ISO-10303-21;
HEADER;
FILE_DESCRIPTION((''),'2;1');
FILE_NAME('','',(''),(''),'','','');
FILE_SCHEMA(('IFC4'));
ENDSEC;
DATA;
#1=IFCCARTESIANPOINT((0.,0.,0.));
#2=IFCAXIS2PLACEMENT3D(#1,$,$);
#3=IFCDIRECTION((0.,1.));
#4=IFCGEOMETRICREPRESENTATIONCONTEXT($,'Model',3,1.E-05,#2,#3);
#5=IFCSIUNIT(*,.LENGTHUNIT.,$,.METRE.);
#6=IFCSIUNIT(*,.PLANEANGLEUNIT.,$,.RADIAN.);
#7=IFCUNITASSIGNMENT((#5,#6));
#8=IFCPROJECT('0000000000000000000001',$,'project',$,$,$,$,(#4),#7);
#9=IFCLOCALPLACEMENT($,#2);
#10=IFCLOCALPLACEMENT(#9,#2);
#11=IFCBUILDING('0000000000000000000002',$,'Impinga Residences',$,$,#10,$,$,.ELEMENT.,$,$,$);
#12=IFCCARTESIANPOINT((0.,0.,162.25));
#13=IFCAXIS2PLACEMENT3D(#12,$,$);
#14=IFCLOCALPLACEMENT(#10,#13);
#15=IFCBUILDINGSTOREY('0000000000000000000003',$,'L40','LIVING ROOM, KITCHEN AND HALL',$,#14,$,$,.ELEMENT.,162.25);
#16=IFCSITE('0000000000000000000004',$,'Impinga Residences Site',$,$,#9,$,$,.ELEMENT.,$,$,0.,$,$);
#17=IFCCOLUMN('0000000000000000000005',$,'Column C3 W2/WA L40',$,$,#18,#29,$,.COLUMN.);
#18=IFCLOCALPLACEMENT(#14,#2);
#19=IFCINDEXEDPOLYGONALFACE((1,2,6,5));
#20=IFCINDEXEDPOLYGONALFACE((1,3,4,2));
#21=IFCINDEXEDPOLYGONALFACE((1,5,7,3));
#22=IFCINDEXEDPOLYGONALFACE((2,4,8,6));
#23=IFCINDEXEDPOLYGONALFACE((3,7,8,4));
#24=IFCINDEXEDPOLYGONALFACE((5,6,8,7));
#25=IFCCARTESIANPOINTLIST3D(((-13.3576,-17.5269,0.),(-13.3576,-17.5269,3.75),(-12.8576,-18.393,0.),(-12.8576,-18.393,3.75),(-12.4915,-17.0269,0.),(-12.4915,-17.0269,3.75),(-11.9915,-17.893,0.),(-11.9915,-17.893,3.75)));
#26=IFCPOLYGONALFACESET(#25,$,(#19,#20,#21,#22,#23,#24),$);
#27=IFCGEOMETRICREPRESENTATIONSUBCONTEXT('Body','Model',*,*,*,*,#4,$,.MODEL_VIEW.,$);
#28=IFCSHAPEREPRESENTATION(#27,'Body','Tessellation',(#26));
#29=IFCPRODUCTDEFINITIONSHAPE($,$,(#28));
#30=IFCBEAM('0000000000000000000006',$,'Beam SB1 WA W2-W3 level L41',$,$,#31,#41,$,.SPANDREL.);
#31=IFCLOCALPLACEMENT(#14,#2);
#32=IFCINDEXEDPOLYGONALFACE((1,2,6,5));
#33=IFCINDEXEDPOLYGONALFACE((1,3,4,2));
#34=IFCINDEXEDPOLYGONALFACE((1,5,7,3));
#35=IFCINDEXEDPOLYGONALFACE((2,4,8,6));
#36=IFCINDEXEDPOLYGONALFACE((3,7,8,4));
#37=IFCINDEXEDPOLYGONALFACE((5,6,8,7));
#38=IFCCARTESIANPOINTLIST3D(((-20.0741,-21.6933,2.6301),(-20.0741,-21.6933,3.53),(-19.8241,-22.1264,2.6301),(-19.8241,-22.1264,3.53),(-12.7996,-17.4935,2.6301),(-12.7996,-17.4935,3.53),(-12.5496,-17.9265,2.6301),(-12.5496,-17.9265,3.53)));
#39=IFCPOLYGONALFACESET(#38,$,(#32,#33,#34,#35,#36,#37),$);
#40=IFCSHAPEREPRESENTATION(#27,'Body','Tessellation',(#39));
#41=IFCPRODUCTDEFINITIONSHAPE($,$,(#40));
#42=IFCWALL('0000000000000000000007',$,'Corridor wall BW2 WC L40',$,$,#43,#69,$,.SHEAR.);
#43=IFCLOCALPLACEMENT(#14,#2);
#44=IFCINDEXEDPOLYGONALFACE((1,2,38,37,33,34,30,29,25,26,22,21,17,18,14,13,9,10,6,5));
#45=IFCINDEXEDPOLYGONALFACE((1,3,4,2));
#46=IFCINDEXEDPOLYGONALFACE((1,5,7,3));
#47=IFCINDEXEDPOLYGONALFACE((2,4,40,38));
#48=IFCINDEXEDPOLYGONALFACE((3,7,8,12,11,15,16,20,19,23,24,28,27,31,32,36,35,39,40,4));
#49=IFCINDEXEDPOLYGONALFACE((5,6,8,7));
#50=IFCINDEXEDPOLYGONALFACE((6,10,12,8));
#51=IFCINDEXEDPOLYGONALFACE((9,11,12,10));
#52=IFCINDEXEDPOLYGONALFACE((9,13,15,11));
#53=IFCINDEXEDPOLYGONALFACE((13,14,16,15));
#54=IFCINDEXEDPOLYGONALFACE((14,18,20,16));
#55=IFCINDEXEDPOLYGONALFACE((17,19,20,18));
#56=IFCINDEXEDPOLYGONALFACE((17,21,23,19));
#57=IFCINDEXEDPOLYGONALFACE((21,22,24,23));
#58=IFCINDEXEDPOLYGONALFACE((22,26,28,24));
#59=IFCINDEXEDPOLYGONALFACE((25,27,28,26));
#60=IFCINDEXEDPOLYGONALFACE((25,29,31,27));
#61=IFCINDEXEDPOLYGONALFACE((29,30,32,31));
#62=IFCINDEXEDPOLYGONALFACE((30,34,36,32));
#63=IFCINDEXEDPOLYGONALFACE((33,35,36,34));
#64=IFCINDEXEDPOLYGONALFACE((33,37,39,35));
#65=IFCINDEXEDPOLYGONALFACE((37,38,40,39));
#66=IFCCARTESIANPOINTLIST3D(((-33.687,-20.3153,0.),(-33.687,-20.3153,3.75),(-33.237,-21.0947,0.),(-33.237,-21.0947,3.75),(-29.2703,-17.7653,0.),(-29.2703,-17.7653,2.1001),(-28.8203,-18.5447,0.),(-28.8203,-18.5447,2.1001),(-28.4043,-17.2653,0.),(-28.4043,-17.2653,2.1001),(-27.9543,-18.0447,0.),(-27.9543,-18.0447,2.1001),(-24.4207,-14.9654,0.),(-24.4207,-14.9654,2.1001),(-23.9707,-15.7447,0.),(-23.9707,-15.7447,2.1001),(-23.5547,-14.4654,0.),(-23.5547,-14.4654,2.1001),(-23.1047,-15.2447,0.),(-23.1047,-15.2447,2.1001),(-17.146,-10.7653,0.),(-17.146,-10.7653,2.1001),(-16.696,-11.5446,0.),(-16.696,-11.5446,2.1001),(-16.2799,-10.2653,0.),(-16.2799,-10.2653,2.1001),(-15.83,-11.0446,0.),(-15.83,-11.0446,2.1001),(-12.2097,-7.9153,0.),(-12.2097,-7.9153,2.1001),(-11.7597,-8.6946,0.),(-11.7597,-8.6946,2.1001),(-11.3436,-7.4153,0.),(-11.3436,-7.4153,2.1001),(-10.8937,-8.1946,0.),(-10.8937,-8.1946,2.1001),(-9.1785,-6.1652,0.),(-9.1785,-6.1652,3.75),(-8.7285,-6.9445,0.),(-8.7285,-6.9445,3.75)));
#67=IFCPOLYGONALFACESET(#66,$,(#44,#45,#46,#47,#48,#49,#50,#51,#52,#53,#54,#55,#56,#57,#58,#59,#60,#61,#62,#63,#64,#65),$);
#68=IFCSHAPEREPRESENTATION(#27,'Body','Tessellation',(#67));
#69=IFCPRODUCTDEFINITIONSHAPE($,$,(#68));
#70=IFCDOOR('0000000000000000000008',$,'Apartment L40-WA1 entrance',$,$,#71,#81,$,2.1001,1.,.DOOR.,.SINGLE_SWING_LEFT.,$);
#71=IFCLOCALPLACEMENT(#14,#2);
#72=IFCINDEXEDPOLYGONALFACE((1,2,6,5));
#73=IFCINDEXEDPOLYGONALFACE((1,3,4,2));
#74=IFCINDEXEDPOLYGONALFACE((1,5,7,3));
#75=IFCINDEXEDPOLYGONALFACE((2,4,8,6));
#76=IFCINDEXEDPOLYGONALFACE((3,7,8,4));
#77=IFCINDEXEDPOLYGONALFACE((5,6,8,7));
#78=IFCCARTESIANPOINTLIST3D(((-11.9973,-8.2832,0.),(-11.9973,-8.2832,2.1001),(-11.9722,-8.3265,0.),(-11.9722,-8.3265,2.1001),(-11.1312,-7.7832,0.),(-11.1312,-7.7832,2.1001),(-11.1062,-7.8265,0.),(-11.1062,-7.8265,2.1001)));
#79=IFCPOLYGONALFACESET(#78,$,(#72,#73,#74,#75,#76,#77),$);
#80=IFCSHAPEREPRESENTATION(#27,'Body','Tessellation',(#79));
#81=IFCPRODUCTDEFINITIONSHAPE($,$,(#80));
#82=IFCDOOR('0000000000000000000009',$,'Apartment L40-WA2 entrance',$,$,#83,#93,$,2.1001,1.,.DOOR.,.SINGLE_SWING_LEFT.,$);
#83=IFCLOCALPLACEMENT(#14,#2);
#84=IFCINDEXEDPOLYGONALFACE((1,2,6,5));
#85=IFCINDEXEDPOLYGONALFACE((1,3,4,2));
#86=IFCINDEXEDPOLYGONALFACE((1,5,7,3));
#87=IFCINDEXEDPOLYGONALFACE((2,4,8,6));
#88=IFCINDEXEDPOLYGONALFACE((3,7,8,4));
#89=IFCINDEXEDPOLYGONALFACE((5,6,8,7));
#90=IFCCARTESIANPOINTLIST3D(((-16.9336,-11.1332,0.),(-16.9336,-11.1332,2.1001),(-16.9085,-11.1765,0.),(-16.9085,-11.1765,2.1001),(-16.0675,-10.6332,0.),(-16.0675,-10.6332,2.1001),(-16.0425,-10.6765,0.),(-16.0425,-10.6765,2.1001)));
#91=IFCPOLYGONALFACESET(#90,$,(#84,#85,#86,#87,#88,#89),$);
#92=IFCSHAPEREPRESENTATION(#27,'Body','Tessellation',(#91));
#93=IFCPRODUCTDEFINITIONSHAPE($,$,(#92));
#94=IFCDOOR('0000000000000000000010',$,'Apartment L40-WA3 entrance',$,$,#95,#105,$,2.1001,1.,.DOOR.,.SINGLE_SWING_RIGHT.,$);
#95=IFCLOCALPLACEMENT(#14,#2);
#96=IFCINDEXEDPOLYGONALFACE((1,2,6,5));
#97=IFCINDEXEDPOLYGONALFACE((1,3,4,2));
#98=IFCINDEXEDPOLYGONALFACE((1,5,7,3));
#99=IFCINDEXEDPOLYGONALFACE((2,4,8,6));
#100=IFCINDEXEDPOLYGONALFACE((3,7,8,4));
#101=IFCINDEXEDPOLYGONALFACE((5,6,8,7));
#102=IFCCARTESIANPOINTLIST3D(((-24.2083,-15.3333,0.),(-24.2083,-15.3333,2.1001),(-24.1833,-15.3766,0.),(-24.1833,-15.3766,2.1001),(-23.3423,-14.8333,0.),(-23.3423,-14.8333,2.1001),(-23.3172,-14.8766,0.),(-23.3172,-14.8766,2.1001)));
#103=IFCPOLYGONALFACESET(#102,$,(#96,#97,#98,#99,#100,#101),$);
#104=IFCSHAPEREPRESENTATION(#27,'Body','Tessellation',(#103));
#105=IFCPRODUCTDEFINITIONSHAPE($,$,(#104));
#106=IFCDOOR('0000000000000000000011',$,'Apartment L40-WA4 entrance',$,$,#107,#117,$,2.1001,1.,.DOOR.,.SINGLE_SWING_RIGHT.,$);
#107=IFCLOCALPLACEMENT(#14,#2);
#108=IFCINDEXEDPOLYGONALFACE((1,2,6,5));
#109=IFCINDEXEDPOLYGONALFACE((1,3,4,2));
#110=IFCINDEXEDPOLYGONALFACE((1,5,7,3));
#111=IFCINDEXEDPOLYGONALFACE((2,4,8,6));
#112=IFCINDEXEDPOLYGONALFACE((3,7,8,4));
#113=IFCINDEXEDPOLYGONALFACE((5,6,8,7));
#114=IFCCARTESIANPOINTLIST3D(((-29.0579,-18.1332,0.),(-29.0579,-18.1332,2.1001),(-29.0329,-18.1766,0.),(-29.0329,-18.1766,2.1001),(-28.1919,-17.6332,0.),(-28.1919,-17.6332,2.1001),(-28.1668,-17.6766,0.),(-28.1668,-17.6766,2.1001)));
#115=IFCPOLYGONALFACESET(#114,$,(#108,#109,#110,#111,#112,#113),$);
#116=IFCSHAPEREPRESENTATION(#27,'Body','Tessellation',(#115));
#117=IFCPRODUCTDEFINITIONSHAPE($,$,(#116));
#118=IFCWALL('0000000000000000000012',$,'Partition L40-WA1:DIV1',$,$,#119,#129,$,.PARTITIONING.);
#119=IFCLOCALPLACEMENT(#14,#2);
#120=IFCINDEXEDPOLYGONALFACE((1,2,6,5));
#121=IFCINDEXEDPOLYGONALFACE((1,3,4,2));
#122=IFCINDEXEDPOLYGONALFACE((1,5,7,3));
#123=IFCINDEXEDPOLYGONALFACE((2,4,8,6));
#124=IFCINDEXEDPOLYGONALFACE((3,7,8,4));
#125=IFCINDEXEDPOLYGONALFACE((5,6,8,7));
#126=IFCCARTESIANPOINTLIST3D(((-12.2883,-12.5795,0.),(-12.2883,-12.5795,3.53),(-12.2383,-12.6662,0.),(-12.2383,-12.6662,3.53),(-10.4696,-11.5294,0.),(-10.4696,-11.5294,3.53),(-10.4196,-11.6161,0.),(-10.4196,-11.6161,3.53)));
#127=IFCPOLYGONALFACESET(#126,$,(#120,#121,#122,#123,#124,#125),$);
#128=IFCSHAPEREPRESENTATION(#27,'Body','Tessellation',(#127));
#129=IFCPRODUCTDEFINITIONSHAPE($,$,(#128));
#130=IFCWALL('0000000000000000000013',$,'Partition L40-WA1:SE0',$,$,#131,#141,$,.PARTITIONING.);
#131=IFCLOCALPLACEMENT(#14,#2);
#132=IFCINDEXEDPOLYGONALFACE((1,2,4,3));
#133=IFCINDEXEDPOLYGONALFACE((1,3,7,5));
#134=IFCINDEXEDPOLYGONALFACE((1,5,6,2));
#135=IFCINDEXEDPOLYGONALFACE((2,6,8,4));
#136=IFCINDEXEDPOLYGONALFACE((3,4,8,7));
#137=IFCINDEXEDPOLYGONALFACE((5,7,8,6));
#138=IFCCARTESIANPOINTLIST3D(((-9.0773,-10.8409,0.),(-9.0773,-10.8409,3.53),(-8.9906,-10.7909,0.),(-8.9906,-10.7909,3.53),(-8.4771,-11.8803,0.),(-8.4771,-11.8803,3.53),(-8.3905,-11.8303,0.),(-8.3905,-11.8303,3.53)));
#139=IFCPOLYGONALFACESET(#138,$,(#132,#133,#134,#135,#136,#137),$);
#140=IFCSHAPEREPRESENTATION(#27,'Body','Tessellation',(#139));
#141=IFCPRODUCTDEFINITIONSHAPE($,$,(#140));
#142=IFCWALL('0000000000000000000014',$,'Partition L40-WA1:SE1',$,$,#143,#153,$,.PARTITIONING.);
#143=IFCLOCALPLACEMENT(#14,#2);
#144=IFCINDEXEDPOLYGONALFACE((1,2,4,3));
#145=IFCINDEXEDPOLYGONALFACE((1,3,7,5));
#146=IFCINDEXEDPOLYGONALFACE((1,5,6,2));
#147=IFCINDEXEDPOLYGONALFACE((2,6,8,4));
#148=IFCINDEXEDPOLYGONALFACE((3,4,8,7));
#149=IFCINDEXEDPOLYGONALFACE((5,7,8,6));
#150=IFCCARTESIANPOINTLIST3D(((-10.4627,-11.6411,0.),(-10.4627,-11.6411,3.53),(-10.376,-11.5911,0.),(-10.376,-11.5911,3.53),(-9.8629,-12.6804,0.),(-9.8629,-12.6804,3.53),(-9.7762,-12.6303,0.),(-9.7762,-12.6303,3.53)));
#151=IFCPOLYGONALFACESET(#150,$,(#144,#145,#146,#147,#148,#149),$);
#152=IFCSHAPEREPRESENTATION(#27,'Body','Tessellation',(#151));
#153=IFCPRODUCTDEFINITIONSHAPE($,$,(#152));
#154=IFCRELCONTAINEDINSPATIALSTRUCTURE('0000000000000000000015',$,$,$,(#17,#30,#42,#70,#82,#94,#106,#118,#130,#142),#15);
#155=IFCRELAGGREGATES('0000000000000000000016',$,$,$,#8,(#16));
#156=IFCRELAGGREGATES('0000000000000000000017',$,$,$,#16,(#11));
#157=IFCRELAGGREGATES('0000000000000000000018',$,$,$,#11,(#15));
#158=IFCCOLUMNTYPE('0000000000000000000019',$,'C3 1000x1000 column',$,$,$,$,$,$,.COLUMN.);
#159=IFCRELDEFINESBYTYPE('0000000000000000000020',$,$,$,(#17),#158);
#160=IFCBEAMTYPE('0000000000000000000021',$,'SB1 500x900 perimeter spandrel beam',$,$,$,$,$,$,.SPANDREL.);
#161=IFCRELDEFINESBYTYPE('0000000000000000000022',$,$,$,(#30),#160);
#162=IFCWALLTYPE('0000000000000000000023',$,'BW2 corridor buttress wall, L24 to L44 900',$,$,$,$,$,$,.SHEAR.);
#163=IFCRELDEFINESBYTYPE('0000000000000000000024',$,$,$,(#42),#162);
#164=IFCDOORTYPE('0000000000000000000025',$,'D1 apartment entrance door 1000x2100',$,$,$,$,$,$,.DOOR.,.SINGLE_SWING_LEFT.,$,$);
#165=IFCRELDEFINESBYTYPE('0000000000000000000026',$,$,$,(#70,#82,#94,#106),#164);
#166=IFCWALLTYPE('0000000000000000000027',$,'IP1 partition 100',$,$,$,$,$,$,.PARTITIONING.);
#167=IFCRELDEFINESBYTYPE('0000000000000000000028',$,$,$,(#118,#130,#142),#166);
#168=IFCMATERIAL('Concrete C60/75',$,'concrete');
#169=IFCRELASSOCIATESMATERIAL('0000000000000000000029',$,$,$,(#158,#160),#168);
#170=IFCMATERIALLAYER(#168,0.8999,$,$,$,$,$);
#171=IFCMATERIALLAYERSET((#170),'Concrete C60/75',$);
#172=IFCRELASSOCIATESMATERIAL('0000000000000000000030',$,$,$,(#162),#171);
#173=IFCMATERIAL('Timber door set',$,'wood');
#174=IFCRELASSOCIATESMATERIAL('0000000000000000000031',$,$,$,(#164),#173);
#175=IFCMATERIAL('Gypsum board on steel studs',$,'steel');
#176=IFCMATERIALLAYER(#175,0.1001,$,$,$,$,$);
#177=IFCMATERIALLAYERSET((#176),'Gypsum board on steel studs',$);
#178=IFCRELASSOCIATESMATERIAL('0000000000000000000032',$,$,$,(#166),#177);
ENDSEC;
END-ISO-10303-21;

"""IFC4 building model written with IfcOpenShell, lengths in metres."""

from ifc_helpers import new_model, si_unit, direction, frame, frame_2d, origin, origin_2d, place, context, subcontext, project, spatial, rectangle, extrude, material, layer, layer_set, material_profile, profile_set, type_object, element, fill, save


model = new_model("IFC4")

# Units and contexts
model_context = context("Model", 3, precision=1e-05, world=origin(), true_north=direction((0.0, 1.0)))
body_context = subcontext(model_context, "Body", "Model", "MODEL_VIEW")
ifc_project = project(units=[si_unit("LENGTHUNIT", "METRE"), si_unit("PLANEANGLEUNIT", "RADIAN")], contexts=[model_context])

# Site, building, storey
site_placement = place(None, origin())
site = spatial("IfcSite", under=ifc_project, at=site_placement, Name="Impinga Residences Site", CompositionType="ELEMENT", RefElevation=0.0)
building_placement = place(site_placement, origin())
building = spatial("IfcBuilding", under=site, at=building_placement, Name="Impinga Residences", CompositionType="ELEMENT")
storey_placement = place(building_placement, frame((0.0, 0.0, 162.25)))
storey = spatial("IfcBuildingStorey", under=building, at=storey_placement, Name="L40", Description="LIVING ROOM, KITCHEN AND HALL", CompositionType="ELEMENT", Elevation=162.25)

# Column
ifc_material_1 = material(Name="Concrete C60/75", Category="concrete")
ifc_material_profile_1 = material_profile(ifc_material_1, rectangle(XDim=1.0, YDim=1.0, at=origin_2d()), Name="RC 1000x1000")
ifc_profile_set_1 = profile_set([ifc_material_profile_1], Name="Concrete C60/75")
column_type = type_object("IfcColumnType", Name="C3 1000x1000 column", PredefinedType="COLUMN", material=ifc_profile_set_1)
column_placement = place(storey_placement, frame((-12.6746, -17.71, 0.0), z_axis=(0.0, 0.0, 1.0), x_axis=(-0.5, 0.866025, 0.0)))
element("IfcColumn", 1, at=column_placement, inside=storey, type_object=column_type, Name="Column C3 W2/WA L40", PredefinedType="COLUMN", context=body_context, shape_type="SweptSolid", body=[
    extrude(rectangle(XDim=1.0, YDim=1.0, at=origin_2d()), origin(), (0.0, 0.0, 1.0), 3.75),
])

# Beam
ifc_material_profile_2 = material_profile(ifc_material_1, rectangle(XDim=0.5, YDim=0.8999, at=origin_2d()), Name="RC 500x900")
ifc_profile_set_2 = profile_set([ifc_material_profile_2], Name="Concrete C60/75")
beam_type = type_object("IfcBeamType", Name="SB1 500x900 perimeter spandrel beam", PredefinedType="SPANDREL", material=ifc_profile_set_2)
beam_placement = place(storey_placement, frame((-12.6746, -17.71, 3.0801), z_axis=(-0.866029, -0.499993, 0.0), x_axis=(0.499993, -0.866029, 0.0)))
element("IfcBeam", 2, at=beam_placement, inside=storey, type_object=beam_type, Name="Beam SB1 WA W2-W3 level L41", PredefinedType="SPANDREL", context=body_context, shape_type="SweptSolid", body=[
    extrude(rectangle(XDim=0.5, YDim=0.8999, at=origin_2d()), origin(), (0.0, 0.0, 1.0), 8.3999),
])

# Wall, openings, doors
ifc_layer_1 = layer(ifc_material_1, 0.8999)
ifc_layer_set_1 = layer_set([ifc_layer_1], Name="Concrete C60/75")
wall_type_1 = type_object("IfcWallType", Name="BW2 corridor buttress wall, L24 to L44 900", PredefinedType="SHEAR", material=ifc_layer_set_1)
wall_1_placement = place(storey_placement, frame((-8.9536, -6.5549, 0.0), z_axis=(0.0, 0.0, 1.0), x_axis=(-0.866023, -0.500003, 0.0)))
wall_1 = element("IfcWall", 3, at=wall_1_placement, inside=storey, type_object=wall_type_1, Name="Corridor wall BW2 WC L40", PredefinedType="SHEAR", context=body_context, shape_type="SweptSolid", body=[
    extrude(rectangle(XDim=28.3, YDim=0.8999, at=frame_2d((14.1499, 0.0))), origin(), (0.0, 0.0, 1.0), 3.75),
])
opening_1_placement = place(wall_1_placement, frame((2.5, 0.0, 0.0)))
opening_1 = element("IfcOpeningElement", 4, at=opening_1_placement, cuts=wall_1, PredefinedType="OPENING", context=body_context, shape_type="SweptSolid", body=[
    extrude(rectangle(XDim=1.0, YDim=2.1001, at=frame_2d((0.5, 1.05))), frame((0.0, 0.46, 0.0), z_axis=(0.0, -1.0, 0.0), x_axis=(1.0, 0.0, 0.0)), (0.0, 0.0, 1.0), 0.9199),
])
opening_2_placement = place(wall_1_placement, frame((8.2, 0.0, 0.0)))
opening_2 = element("IfcOpeningElement", 5, at=opening_2_placement, cuts=wall_1, PredefinedType="OPENING", context=body_context, shape_type="SweptSolid", body=[
    extrude(rectangle(XDim=1.0, YDim=2.1001, at=frame_2d((0.5, 1.05))), frame((0.0, 0.46, 0.0), z_axis=(0.0, -1.0, 0.0), x_axis=(1.0, 0.0, 0.0)), (0.0, 0.0, 1.0), 0.9199),
])
opening_3_placement = place(wall_1_placement, frame((16.6001, 0.0, 0.0)))
opening_3 = element("IfcOpeningElement", 6, at=opening_3_placement, cuts=wall_1, PredefinedType="OPENING", context=body_context, shape_type="SweptSolid", body=[
    extrude(rectangle(XDim=1.0, YDim=2.1001, at=frame_2d((0.5, 1.05))), frame((0.0, 0.46, 0.0), z_axis=(0.0, -1.0, 0.0), x_axis=(1.0, 0.0, 0.0)), (0.0, 0.0, 1.0), 0.9199),
])
opening_4_placement = place(wall_1_placement, frame((22.2, 0.0, 0.0)))
opening_4 = element("IfcOpeningElement", 7, at=opening_4_placement, cuts=wall_1, PredefinedType="OPENING", context=body_context, shape_type="SweptSolid", body=[
    extrude(rectangle(XDim=1.0, YDim=2.1001, at=frame_2d((0.5, 1.05))), frame((0.0, 0.46, 0.0), z_axis=(0.0, -1.0, 0.0), x_axis=(1.0, 0.0, 0.0)), (0.0, 0.0, 1.0), 0.9199),
])
ifc_material_2 = material(Name="Timber door set", Category="wood")
door_type_1 = type_object("IfcDoorType", Name="D1 apartment entrance door 1000x2100", OperationType="SINGLE_SWING_LEFT", PredefinedType="DOOR", material=ifc_material_2)
door_1_placement = place(opening_1_placement, origin())
door_1 = element("IfcDoor", 8, at=door_1_placement, inside=storey, type_object=door_type_1, Name="Apartment L40-WA1 entrance", OperationType="SINGLE_SWING_LEFT", OverallHeight=2.1001, OverallWidth=1.0, PredefinedType="DOOR", context=body_context, shape_type="SweptSolid", body=[
    extrude(rectangle(XDim=1.0, YDim=2.1001, at=frame_2d((0.5, 1.05))), frame((0.0, 0.0249, 0.0), z_axis=(0.0, -1.0, 0.0), x_axis=(1.0, 0.0, 0.0)), (0.0, 0.0, 1.0), 0.05),
])
fill(opening_1, door_1)
door_2_placement = place(opening_2_placement, origin())
door_2 = element("IfcDoor", 9, at=door_2_placement, inside=storey, type_object=door_type_1, Name="Apartment L40-WA2 entrance", OperationType="SINGLE_SWING_LEFT", OverallHeight=2.1001, OverallWidth=1.0, PredefinedType="DOOR", context=body_context, shape_type="SweptSolid", body=[
    extrude(rectangle(XDim=1.0, YDim=2.1001, at=frame_2d((0.5, 1.05))), frame((0.0, 0.0249, 0.0), z_axis=(0.0, -1.0, 0.0), x_axis=(1.0, 0.0, 0.0)), (0.0, 0.0, 1.0), 0.05),
])
fill(opening_2, door_2)
door_3_placement = place(opening_3_placement, origin())
door_3 = element("IfcDoor", 10, at=door_3_placement, inside=storey, type_object=door_type_1, Name="Apartment L40-WA3 entrance", OperationType="SINGLE_SWING_RIGHT", OverallHeight=2.1001, OverallWidth=1.0, PredefinedType="DOOR", context=body_context, shape_type="SweptSolid", body=[
    extrude(rectangle(XDim=1.0, YDim=2.1001, at=frame_2d((0.5, 1.05))), frame((0.0, 0.0249, 0.0), z_axis=(0.0, -1.0, 0.0), x_axis=(1.0, 0.0, 0.0)), (0.0, 0.0, 1.0), 0.05),
])
fill(opening_3, door_3)
door_4_placement = place(opening_4_placement, origin())
door_4 = element("IfcDoor", 11, at=door_4_placement, inside=storey, type_object=door_type_1, Name="Apartment L40-WA4 entrance", OperationType="SINGLE_SWING_RIGHT", OverallHeight=2.1001, OverallWidth=1.0, PredefinedType="DOOR", context=body_context, shape_type="SweptSolid", body=[
    extrude(rectangle(XDim=1.0, YDim=2.1001, at=frame_2d((0.5, 1.05))), frame((0.0, 0.0249, 0.0), z_axis=(0.0, -1.0, 0.0), x_axis=(1.0, 0.0, 0.0)), (0.0, 0.0, 1.0), 0.05),
])
fill(opening_4, door_4)

# Walls
ifc_material_3 = material(Name="Gypsum board on steel studs", Category="steel")
ifc_layer_2 = layer(ifc_material_3, 0.1001)
ifc_layer_set_2 = layer_set([ifc_layer_2], Name="Gypsum board on steel studs")
wall_type_2 = type_object("IfcWallType", Name="IP1 partition 100", PredefinedType="PARTITIONING", material=ifc_layer_set_2)
wall_2_placement = place(storey_placement, frame((-10.4446, -11.5728, 0.0), z_axis=(0.0, 0.0, 1.0), x_axis=(-0.866009, -0.500028, 0.0)))
element("IfcWall", 12, at=wall_2_placement, inside=storey, type_object=wall_type_2, Name="Partition L40-WA1:DIV1", PredefinedType="PARTITIONING", context=body_context, shape_type="SweptSolid", body=[
    extrude(rectangle(XDim=2.1001, YDim=0.1001, at=frame_2d((1.05, 0.0))), origin(), (0.0, 0.0, 1.0), 3.53),
])
wall_3_placement = place(storey_placement, frame((-9.0339, -10.8159, 0.0), z_axis=(0.0, 0.0, 1.0), x_axis=(0.500034, -0.866006, 0.0)))
element("IfcWall", 13, at=wall_3_placement, inside=storey, type_object=wall_type_2, Name="Partition L40-WA1:SE0", PredefinedType="PARTITIONING", context=body_context, shape_type="SweptSolid", body=[
    extrude(rectangle(XDim=1.2002, YDim=0.1001, at=frame_2d((0.6001, 0.0))), origin(), (0.0, 0.0, 1.0), 3.53),
])
wall_4_placement = place(storey_placement, frame((-10.4194, -11.616, 0.0), z_axis=(0.0, 0.0, 1.0), x_axis=(0.499881, -0.866094, 0.0)))
element("IfcWall", 14, at=wall_4_placement, inside=storey, type_object=wall_type_2, Name="Partition L40-WA1:SE1", PredefinedType="PARTITIONING", context=body_context, shape_type="SweptSolid", body=[
    extrude(rectangle(XDim=1.2, YDim=0.1001, at=frame_2d((0.6001, 0.0))), origin(), (0.0, 0.0, 1.0), 3.53),
])

save(model, "model.ifc")
